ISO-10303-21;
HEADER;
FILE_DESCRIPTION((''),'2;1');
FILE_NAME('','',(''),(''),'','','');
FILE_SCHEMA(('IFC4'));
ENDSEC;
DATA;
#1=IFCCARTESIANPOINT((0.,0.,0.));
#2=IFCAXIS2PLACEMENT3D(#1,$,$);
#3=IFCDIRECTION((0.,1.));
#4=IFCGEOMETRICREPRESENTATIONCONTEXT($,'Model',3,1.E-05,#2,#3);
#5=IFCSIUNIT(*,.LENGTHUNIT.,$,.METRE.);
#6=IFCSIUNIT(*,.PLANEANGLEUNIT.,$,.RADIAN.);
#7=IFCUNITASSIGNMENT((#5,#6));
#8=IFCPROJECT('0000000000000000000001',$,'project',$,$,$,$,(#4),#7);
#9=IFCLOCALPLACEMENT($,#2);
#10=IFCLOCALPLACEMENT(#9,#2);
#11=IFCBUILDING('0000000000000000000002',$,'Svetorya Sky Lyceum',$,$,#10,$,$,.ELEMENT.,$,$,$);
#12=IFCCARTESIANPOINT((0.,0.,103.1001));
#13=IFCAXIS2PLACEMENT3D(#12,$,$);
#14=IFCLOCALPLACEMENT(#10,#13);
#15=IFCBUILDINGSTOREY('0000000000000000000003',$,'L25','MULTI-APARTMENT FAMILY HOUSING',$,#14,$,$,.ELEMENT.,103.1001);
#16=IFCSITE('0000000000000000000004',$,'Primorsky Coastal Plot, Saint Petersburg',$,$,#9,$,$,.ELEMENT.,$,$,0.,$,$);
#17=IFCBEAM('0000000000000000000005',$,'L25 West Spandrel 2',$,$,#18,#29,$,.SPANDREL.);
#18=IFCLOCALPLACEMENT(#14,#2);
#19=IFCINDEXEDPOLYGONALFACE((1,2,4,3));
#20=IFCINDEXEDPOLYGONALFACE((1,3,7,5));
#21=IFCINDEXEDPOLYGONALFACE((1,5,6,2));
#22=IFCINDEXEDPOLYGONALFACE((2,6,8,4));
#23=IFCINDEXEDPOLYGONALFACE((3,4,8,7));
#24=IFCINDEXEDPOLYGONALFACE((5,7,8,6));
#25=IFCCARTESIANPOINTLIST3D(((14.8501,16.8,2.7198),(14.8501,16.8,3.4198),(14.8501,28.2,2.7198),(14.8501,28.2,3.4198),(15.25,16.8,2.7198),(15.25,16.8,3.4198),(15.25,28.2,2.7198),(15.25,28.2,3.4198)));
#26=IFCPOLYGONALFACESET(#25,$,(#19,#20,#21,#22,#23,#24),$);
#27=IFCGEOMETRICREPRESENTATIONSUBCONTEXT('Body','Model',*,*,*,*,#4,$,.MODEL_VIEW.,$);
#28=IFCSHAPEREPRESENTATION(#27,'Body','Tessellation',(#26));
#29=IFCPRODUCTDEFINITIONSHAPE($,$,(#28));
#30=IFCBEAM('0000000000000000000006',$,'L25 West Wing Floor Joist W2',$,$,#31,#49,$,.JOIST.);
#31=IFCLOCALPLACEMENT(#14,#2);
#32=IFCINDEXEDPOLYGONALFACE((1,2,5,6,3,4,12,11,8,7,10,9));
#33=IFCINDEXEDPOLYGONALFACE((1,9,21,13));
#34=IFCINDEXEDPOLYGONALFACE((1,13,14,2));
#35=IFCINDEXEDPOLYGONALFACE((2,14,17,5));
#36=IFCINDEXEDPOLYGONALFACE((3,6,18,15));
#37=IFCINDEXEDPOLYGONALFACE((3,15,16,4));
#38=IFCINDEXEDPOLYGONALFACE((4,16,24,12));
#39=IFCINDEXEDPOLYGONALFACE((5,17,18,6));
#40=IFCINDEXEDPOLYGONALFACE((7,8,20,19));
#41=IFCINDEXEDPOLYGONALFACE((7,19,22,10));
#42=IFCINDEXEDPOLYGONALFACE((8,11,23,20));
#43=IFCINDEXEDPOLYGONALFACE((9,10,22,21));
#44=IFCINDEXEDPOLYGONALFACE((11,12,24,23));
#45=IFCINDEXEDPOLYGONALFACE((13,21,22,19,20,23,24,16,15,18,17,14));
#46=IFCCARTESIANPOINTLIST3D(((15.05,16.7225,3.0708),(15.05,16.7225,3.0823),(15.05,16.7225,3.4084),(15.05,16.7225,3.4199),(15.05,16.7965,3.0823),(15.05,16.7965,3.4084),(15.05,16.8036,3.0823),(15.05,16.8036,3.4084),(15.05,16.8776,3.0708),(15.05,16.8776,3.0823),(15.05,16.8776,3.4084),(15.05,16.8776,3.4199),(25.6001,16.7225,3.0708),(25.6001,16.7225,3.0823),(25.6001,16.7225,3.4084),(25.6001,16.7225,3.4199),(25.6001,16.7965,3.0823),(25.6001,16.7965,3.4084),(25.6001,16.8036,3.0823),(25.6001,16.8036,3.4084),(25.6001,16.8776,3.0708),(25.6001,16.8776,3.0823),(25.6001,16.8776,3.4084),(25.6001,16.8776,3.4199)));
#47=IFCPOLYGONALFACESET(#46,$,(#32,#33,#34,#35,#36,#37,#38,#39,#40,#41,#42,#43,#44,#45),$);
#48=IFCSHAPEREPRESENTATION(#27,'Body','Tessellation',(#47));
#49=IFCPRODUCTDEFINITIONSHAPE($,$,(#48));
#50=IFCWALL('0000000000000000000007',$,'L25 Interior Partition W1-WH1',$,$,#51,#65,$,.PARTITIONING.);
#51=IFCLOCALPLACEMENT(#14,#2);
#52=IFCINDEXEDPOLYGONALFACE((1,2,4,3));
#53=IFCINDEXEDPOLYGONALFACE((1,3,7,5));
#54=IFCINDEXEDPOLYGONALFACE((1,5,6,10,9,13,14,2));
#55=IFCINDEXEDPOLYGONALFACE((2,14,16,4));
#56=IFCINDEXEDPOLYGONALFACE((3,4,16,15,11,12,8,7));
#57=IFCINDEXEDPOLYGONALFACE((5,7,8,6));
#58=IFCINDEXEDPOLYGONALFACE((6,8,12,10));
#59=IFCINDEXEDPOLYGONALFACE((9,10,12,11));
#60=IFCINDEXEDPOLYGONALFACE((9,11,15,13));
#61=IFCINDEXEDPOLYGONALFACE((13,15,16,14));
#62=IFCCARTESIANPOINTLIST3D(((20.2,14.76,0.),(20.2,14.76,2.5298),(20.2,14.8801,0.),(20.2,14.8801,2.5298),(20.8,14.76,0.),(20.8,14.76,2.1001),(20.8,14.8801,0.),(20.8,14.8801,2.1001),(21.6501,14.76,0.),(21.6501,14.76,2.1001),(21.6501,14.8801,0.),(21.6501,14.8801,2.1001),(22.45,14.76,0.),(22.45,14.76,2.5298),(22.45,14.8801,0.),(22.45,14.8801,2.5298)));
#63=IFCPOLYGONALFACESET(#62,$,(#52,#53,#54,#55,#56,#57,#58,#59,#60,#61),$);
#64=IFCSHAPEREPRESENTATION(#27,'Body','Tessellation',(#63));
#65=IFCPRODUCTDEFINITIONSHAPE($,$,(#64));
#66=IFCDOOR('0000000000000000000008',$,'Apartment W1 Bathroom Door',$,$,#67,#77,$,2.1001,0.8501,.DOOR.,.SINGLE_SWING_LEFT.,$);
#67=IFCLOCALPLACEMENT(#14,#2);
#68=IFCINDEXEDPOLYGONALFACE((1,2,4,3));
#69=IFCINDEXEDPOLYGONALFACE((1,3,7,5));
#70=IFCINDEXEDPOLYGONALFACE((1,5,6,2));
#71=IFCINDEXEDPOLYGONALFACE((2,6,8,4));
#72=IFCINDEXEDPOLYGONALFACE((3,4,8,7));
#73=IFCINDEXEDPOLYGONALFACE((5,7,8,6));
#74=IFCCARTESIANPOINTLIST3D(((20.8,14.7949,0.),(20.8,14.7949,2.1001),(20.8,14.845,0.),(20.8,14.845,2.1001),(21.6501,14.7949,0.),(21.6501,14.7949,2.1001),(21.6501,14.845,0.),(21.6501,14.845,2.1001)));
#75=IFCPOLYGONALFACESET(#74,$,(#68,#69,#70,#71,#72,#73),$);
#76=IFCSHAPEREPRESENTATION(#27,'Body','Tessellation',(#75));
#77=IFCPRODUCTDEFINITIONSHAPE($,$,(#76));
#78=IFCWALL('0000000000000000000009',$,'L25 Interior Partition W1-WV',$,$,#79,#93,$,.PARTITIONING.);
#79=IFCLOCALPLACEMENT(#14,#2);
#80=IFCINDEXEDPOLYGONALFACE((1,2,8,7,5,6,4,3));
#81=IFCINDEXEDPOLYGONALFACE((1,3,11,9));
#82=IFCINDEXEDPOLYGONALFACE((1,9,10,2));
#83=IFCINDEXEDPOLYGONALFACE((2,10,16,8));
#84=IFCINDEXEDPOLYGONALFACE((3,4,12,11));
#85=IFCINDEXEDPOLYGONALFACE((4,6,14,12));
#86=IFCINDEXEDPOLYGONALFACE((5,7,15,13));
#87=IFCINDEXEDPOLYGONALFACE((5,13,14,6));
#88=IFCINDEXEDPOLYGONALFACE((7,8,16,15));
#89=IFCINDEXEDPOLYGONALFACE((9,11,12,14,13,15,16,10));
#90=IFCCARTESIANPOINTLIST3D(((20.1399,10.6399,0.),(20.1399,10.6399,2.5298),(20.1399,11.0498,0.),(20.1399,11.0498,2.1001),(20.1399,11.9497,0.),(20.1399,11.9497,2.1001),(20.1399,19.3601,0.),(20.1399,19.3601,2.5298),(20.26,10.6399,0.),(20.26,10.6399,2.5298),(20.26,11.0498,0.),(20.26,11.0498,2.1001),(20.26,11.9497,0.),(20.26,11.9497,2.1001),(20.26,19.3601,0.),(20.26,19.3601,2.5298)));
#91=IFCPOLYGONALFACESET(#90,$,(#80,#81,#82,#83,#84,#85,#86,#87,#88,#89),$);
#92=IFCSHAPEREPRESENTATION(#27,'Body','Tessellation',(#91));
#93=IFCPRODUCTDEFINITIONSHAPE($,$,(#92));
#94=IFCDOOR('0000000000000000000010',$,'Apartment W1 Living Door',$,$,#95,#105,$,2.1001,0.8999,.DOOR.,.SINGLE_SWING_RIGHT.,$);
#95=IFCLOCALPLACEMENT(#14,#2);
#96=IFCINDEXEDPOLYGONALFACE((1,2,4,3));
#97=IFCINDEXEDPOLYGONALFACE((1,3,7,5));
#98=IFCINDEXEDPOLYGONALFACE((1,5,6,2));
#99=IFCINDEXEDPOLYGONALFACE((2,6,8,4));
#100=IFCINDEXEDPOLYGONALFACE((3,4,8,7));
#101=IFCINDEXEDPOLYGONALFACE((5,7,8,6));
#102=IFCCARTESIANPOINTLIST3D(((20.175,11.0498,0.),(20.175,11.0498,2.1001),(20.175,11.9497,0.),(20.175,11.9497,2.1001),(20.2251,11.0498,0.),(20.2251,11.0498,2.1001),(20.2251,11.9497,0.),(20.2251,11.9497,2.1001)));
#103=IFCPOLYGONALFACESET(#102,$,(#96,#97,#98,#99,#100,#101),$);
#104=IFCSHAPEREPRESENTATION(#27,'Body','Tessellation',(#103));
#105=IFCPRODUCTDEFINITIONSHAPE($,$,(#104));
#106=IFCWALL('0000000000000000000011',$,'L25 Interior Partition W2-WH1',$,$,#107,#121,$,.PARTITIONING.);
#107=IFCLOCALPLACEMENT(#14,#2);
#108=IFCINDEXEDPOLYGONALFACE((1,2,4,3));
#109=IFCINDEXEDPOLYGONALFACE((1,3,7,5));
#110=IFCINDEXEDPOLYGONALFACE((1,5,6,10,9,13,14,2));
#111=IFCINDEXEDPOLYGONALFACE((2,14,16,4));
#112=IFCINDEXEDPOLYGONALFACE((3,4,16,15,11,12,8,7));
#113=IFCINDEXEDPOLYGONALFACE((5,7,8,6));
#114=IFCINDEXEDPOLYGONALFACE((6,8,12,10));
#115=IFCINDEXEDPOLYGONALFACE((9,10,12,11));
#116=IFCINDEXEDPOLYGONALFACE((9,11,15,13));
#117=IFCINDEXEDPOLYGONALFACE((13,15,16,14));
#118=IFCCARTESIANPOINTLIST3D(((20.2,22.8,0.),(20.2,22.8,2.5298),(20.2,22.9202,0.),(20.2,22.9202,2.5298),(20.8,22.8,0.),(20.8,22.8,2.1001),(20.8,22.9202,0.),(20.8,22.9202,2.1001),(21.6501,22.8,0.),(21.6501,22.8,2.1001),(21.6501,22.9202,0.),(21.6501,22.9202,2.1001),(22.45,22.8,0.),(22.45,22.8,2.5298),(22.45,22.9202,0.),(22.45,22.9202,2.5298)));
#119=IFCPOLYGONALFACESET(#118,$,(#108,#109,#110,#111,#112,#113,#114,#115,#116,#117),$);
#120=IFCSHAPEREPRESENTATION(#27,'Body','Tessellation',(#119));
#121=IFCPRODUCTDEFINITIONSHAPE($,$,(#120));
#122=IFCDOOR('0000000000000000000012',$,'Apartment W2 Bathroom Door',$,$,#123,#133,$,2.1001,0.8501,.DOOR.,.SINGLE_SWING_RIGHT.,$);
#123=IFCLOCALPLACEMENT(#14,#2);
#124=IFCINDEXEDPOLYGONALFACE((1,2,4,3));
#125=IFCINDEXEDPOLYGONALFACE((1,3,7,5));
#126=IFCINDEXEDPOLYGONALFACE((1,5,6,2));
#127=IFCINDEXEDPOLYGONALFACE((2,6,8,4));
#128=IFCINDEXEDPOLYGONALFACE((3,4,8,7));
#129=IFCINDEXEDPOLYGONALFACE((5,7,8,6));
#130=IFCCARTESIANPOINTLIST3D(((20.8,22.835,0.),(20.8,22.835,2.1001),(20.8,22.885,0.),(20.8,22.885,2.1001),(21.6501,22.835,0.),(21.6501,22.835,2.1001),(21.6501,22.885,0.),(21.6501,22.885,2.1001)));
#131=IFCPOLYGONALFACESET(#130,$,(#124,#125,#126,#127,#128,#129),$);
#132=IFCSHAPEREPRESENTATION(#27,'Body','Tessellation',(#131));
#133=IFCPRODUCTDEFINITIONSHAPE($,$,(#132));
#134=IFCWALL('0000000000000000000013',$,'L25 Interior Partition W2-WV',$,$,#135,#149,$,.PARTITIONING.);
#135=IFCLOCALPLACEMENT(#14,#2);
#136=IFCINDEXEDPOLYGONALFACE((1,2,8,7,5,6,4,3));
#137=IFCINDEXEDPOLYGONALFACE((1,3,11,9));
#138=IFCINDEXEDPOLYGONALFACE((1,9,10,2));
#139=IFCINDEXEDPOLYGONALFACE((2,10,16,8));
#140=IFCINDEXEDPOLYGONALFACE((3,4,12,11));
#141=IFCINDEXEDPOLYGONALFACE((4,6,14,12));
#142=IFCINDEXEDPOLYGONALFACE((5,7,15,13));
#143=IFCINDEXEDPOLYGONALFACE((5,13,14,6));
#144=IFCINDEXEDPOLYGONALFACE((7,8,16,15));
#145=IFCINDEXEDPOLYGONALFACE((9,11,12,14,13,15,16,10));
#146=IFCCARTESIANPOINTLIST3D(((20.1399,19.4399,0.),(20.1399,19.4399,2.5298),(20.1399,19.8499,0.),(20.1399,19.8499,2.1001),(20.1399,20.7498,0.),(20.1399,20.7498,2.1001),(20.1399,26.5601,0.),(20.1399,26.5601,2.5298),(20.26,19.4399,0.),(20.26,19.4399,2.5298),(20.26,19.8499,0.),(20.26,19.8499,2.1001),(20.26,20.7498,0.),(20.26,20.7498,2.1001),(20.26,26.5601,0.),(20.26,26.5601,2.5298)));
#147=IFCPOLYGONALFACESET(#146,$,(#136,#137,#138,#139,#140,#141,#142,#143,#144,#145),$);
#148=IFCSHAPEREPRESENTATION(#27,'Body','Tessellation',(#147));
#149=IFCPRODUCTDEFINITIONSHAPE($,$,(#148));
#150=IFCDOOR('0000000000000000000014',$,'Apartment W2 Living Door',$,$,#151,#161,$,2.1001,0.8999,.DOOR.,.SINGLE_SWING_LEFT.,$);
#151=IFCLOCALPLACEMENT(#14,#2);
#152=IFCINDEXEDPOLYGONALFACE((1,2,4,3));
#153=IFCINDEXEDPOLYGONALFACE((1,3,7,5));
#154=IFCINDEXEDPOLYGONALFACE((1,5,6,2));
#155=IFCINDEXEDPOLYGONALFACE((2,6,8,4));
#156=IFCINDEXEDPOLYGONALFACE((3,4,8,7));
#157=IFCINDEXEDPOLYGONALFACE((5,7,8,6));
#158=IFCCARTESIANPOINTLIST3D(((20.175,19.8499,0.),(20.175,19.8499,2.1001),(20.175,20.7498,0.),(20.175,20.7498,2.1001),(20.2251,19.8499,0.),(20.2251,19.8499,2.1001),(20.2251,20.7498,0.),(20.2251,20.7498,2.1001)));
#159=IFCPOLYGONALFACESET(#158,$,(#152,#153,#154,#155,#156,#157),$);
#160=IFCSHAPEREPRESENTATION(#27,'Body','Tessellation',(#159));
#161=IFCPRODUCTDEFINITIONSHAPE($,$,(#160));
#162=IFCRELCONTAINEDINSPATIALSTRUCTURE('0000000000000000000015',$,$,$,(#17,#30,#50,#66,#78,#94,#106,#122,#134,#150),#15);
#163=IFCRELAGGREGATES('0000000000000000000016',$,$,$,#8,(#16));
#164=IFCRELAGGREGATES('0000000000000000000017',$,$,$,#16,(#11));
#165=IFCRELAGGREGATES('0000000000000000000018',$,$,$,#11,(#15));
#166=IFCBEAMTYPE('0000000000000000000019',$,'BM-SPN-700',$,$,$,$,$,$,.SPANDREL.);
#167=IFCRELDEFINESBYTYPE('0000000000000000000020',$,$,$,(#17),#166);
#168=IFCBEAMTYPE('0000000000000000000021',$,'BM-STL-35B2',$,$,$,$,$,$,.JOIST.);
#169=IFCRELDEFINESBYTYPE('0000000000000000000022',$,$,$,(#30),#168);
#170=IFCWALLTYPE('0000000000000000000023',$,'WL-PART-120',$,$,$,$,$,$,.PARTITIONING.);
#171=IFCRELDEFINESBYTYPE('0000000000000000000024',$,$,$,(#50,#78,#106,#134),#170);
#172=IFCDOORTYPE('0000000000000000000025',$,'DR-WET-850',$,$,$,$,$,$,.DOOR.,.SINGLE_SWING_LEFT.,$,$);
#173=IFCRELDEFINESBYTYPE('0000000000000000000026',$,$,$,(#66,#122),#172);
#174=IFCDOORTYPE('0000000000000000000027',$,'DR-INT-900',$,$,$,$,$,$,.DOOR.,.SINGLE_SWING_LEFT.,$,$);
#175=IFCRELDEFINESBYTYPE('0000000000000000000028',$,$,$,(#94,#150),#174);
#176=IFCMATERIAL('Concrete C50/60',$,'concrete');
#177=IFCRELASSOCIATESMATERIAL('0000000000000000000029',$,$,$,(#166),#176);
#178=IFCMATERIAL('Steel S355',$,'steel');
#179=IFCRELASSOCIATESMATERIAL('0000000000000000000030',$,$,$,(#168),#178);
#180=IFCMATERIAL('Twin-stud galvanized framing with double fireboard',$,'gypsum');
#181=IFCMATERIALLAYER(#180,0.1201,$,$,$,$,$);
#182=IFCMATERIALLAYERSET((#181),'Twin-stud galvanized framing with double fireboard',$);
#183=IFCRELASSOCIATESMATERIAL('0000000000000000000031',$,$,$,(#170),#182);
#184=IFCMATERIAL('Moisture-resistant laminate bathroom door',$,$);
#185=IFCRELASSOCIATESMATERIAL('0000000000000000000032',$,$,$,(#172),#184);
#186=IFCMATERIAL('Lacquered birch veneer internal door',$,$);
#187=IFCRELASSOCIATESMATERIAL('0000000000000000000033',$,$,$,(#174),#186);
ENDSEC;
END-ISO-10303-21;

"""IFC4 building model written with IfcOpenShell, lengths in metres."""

from ifc_helpers import new_model, si_unit, direction, frame, frame_2d, origin, origin_2d, place, context, subcontext, project, spatial, rectangle, i_section, extrude, material, layer, layer_set, material_profile, profile_set, type_object, element, fill, save


model = new_model("IFC4")

# Units and contexts
model_context = context("Model", 3, precision=1e-05, world=origin(), true_north=direction((0.0, 1.0)))
body_context = subcontext(model_context, "Body", "Model", "MODEL_VIEW")
ifc_project = project(units=[si_unit("LENGTHUNIT", "METRE"), si_unit("PLANEANGLEUNIT", "RADIAN")], contexts=[model_context])

# Site, building, storey
site_placement = place(None, origin())
site = spatial("IfcSite", under=ifc_project, at=site_placement, Name="Primorsky Coastal Plot, Saint Petersburg", CompositionType="ELEMENT", RefElevation=0.0)
building_placement = place(site_placement, origin())
building = spatial("IfcBuilding", under=site, at=building_placement, Name="Svetorya Sky Lyceum", CompositionType="ELEMENT")
storey_placement = place(building_placement, frame((0.0, 0.0, 103.1001)))
storey = spatial("IfcBuildingStorey", under=building, at=storey_placement, Name="L25", Description="MULTI-APARTMENT FAMILY HOUSING", CompositionType="ELEMENT", Elevation=103.1001)

# Beams
ifc_material_1 = material(Name="Concrete C50/60", Category="concrete")
ifc_material_profile_1 = material_profile(ifc_material_1, rectangle(XDim=0.3999, YDim=0.7, at=origin_2d()), Name="RC SPANDREL 400x700")
ifc_profile_set_1 = profile_set([ifc_material_profile_1], Name="Concrete C50/60")
beam_type_1 = type_object("IfcBeamType", Name="BM-SPN-700", PredefinedType="SPANDREL", material=ifc_profile_set_1)
beam_1_placement = place(storey_placement, frame((15.05, 16.8, 3.0698), z_axis=(0.0, 1.0, 0.0), x_axis=(-1.0, 0.0, 0.0)))
element("IfcBeam", 1, at=beam_1_placement, inside=storey, type_object=beam_type_1, Name="L25 West Spandrel 2", PredefinedType="SPANDREL", context=body_context, shape_type="SweptSolid", body=[
    extrude(rectangle(XDim=0.3999, YDim=0.7, at=origin_2d()), origin(), (0.0, 0.0, 1.0), 11.3999),
])
ifc_material_2 = material(Name="Steel S355", Category="steel")
ifc_material_profile_2 = material_profile(ifc_material_2, i_section(OverallWidth=0.155, OverallDepth=0.3491, WebThickness=0.0071, FlangeThickness=0.0115, at=origin_2d()), Name="GOST 35B2")
ifc_profile_set_2 = profile_set([ifc_material_profile_2], Name="Steel S355")
beam_type_2 = type_object("IfcBeamType", Name="BM-STL-35B2", PredefinedType="JOIST", material=ifc_profile_set_2)
beam_2_placement = place(storey_placement, frame((15.05, 16.8, 3.2454), z_axis=(1.0, 0.0, 0.0), x_axis=(0.0, 1.0, 0.0)))
element("IfcBeam", 2, at=beam_2_placement, inside=storey, type_object=beam_type_2, Name="L25 West Wing Floor Joist W2", PredefinedType="JOIST", context=body_context, shape_type="SweptSolid", body=[
    extrude(i_section(OverallWidth=0.155, OverallDepth=0.3491, WebThickness=0.0071, FlangeThickness=0.0115, at=origin_2d()), origin(), (0.0, 0.0, 1.0), 10.55),
])

# Walls, openings, doors
ifc_material_3 = material(Name="Twin-stud galvanized framing with double fireboard", Category="gypsum")
ifc_layer_1 = layer(ifc_material_3, 0.1201)
ifc_layer_set_1 = layer_set([ifc_layer_1], Name="Twin-stud galvanized framing with double fireboard")
wall_type_1 = type_object("IfcWallType", Name="WL-PART-120", PredefinedType="PARTITIONING", material=ifc_layer_set_1)
wall_1_placement = place(storey_placement, frame((20.2, 14.8201, 0.0), z_axis=(0.0, 0.0, 1.0), x_axis=(1.0, 0.0, 0.0)))
wall_1 = element("IfcWall", 3, at=wall_1_placement, inside=storey, type_object=wall_type_1, Name="L25 Interior Partition W1-WH1", PredefinedType="PARTITIONING", context=body_context, shape_type="SweptSolid", body=[
    extrude(rectangle(XDim=2.25, YDim=0.1201, at=frame_2d((1.125, 0.0))), origin(), (0.0, 0.0, 1.0), 2.5298),
])
opening_1_placement = place(wall_1_placement, frame((0.6001, 0.0, 0.0)))
opening_1 = element("IfcOpeningElement", 4, at=opening_1_placement, cuts=wall_1, PredefinedType="OPENING", context=body_context, shape_type="SweptSolid", body=[
    extrude(rectangle(XDim=0.8501, YDim=2.1001, at=frame_2d((0.425, 1.05))), frame((0.0, 0.0701, 0.0), z_axis=(0.0, -1.0, 0.0), x_axis=(1.0, 0.0, 0.0)), (0.0, 0.0, 1.0), 0.1401),
])
ifc_material_4 = material(Name="Moisture-resistant laminate bathroom door")
door_type_1 = type_object("IfcDoorType", Name="DR-WET-850", OperationType="SINGLE_SWING_LEFT", PredefinedType="DOOR", material=ifc_material_4)
door_1_placement = place(opening_1_placement, origin())
door_1 = element("IfcDoor", 5, at=door_1_placement, inside=storey, type_object=door_type_1, Name="Apartment W1 Bathroom Door", OperationType="SINGLE_SWING_LEFT", OverallHeight=2.1001, OverallWidth=0.8501, PredefinedType="DOOR", context=body_context, shape_type="SweptSolid", body=[
    extrude(rectangle(XDim=0.8501, YDim=2.1001, at=frame_2d((0.425, 1.05))), frame((0.0, 0.0249, 0.0), z_axis=(0.0, -1.0, 0.0), x_axis=(1.0, 0.0, 0.0)), (0.0, 0.0, 1.0), 0.05),
])
fill(opening_1, door_1)
wall_2_placement = place(storey_placement, frame((20.2, 10.6399, 0.0), z_axis=(0.0, 0.0, 1.0), x_axis=(0.0, 1.0, 0.0)))
wall_2 = element("IfcWall", 6, at=wall_2_placement, inside=storey, type_object=wall_type_1, Name="L25 Interior Partition W1-WV", PredefinedType="PARTITIONING", context=body_context, shape_type="SweptSolid", body=[
    extrude(rectangle(XDim=8.7202, YDim=0.1201, at=frame_2d((4.3601, 0.0))), origin(), (0.0, 0.0, 1.0), 2.5298),
])
opening_2_placement = place(wall_2_placement, frame((0.4099, 0.0, 0.0)))
opening_2 = element("IfcOpeningElement", 7, at=opening_2_placement, cuts=wall_2, PredefinedType="OPENING", context=body_context, shape_type="SweptSolid", body=[
    extrude(rectangle(XDim=0.8999, YDim=2.1001, at=frame_2d((0.45, 1.05))), frame((0.0, 0.0701, 0.0), z_axis=(0.0, -1.0, 0.0), x_axis=(1.0, 0.0, 0.0)), (0.0, 0.0, 1.0), 0.1401),
])
ifc_material_5 = material(Name="Lacquered birch veneer internal door")
door_type_2 = type_object("IfcDoorType", Name="DR-INT-900", OperationType="SINGLE_SWING_LEFT", PredefinedType="DOOR", material=ifc_material_5)
door_2_placement = place(opening_2_placement, origin())
door_2 = element("IfcDoor", 8, at=door_2_placement, inside=storey, type_object=door_type_2, Name="Apartment W1 Living Door", OperationType="SINGLE_SWING_RIGHT", OverallHeight=2.1001, OverallWidth=0.8999, PredefinedType="DOOR", context=body_context, shape_type="SweptSolid", body=[
    extrude(rectangle(XDim=0.8999, YDim=2.1001, at=frame_2d((0.45, 1.05))), frame((0.0, 0.0249, 0.0), z_axis=(0.0, -1.0, 0.0), x_axis=(1.0, 0.0, 0.0)), (0.0, 0.0, 1.0), 0.05),
])
fill(opening_2, door_2)
wall_3_placement = place(storey_placement, frame((20.2, 22.8601, 0.0), z_axis=(0.0, 0.0, 1.0), x_axis=(1.0, 0.0, 0.0)))
wall_3 = element("IfcWall", 9, at=wall_3_placement, inside=storey, type_object=wall_type_1, Name="L25 Interior Partition W2-WH1", PredefinedType="PARTITIONING", context=body_context, shape_type="SweptSolid", body=[
    extrude(rectangle(XDim=2.25, YDim=0.1201, at=frame_2d((1.125, 0.0))), origin(), (0.0, 0.0, 1.0), 2.5298),
])
opening_3_placement = place(wall_3_placement, frame((0.6001, 0.0, 0.0)))
opening_3 = element("IfcOpeningElement", 10, at=opening_3_placement, cuts=wall_3, PredefinedType="OPENING", context=body_context, shape_type="SweptSolid", body=[
    extrude(rectangle(XDim=0.8501, YDim=2.1001, at=frame_2d((0.425, 1.05))), frame((0.0, 0.0701, 0.0), z_axis=(0.0, -1.0, 0.0), x_axis=(1.0, 0.0, 0.0)), (0.0, 0.0, 1.0), 0.1401),
])
door_3_placement = place(opening_3_placement, origin())
door_3 = element("IfcDoor", 11, at=door_3_placement, inside=storey, type_object=door_type_1, Name="Apartment W2 Bathroom Door", OperationType="SINGLE_SWING_RIGHT", OverallHeight=2.1001, OverallWidth=0.8501, PredefinedType="DOOR", context=body_context, shape_type="SweptSolid", body=[
    extrude(rectangle(XDim=0.8501, YDim=2.1001, at=frame_2d((0.425, 1.05))), frame((0.0, 0.0249, 0.0), z_axis=(0.0, -1.0, 0.0), x_axis=(1.0, 0.0, 0.0)), (0.0, 0.0, 1.0), 0.05),
])
fill(opening_3, door_3)
wall_4_placement = place(storey_placement, frame((20.2, 19.4399, 0.0), z_axis=(0.0, 0.0, 1.0), x_axis=(0.0, 1.0, 0.0)))
wall_4 = element("IfcWall", 12, at=wall_4_placement, inside=storey, type_object=wall_type_1, Name="L25 Interior Partition W2-WV", PredefinedType="PARTITIONING", context=body_context, shape_type="SweptSolid", body=[
    extrude(rectangle(XDim=7.1201, YDim=0.1201, at=frame_2d((3.5601, 0.0))), origin(), (0.0, 0.0, 1.0), 2.5298),
])
opening_4_placement = place(wall_4_placement, frame((0.4099, 0.0, 0.0)))
opening_4 = element("IfcOpeningElement", 13, at=opening_4_placement, cuts=wall_4, PredefinedType="OPENING", context=body_context, shape_type="SweptSolid", body=[
    extrude(rectangle(XDim=0.8999, YDim=2.1001, at=frame_2d((0.45, 1.05))), frame((0.0, 0.0701, 0.0), z_axis=(0.0, -1.0, 0.0), x_axis=(1.0, 0.0, 0.0)), (0.0, 0.0, 1.0), 0.1401),
])
door_4_placement = place(opening_4_placement, origin())
door_4 = element("IfcDoor", 14, at=door_4_placement, inside=storey, type_object=door_type_2, Name="Apartment W2 Living Door", OperationType="SINGLE_SWING_LEFT", OverallHeight=2.1001, OverallWidth=0.8999, PredefinedType="DOOR", context=body_context, shape_type="SweptSolid", body=[
    extrude(rectangle(XDim=0.8999, YDim=2.1001, at=frame_2d((0.45, 1.05))), frame((0.0, 0.0249, 0.0), z_axis=(0.0, -1.0, 0.0), x_axis=(1.0, 0.0, 0.0)), (0.0, 0.0, 1.0), 0.05),
])
fill(opening_4, door_4)

save(model, "model.ifc")
